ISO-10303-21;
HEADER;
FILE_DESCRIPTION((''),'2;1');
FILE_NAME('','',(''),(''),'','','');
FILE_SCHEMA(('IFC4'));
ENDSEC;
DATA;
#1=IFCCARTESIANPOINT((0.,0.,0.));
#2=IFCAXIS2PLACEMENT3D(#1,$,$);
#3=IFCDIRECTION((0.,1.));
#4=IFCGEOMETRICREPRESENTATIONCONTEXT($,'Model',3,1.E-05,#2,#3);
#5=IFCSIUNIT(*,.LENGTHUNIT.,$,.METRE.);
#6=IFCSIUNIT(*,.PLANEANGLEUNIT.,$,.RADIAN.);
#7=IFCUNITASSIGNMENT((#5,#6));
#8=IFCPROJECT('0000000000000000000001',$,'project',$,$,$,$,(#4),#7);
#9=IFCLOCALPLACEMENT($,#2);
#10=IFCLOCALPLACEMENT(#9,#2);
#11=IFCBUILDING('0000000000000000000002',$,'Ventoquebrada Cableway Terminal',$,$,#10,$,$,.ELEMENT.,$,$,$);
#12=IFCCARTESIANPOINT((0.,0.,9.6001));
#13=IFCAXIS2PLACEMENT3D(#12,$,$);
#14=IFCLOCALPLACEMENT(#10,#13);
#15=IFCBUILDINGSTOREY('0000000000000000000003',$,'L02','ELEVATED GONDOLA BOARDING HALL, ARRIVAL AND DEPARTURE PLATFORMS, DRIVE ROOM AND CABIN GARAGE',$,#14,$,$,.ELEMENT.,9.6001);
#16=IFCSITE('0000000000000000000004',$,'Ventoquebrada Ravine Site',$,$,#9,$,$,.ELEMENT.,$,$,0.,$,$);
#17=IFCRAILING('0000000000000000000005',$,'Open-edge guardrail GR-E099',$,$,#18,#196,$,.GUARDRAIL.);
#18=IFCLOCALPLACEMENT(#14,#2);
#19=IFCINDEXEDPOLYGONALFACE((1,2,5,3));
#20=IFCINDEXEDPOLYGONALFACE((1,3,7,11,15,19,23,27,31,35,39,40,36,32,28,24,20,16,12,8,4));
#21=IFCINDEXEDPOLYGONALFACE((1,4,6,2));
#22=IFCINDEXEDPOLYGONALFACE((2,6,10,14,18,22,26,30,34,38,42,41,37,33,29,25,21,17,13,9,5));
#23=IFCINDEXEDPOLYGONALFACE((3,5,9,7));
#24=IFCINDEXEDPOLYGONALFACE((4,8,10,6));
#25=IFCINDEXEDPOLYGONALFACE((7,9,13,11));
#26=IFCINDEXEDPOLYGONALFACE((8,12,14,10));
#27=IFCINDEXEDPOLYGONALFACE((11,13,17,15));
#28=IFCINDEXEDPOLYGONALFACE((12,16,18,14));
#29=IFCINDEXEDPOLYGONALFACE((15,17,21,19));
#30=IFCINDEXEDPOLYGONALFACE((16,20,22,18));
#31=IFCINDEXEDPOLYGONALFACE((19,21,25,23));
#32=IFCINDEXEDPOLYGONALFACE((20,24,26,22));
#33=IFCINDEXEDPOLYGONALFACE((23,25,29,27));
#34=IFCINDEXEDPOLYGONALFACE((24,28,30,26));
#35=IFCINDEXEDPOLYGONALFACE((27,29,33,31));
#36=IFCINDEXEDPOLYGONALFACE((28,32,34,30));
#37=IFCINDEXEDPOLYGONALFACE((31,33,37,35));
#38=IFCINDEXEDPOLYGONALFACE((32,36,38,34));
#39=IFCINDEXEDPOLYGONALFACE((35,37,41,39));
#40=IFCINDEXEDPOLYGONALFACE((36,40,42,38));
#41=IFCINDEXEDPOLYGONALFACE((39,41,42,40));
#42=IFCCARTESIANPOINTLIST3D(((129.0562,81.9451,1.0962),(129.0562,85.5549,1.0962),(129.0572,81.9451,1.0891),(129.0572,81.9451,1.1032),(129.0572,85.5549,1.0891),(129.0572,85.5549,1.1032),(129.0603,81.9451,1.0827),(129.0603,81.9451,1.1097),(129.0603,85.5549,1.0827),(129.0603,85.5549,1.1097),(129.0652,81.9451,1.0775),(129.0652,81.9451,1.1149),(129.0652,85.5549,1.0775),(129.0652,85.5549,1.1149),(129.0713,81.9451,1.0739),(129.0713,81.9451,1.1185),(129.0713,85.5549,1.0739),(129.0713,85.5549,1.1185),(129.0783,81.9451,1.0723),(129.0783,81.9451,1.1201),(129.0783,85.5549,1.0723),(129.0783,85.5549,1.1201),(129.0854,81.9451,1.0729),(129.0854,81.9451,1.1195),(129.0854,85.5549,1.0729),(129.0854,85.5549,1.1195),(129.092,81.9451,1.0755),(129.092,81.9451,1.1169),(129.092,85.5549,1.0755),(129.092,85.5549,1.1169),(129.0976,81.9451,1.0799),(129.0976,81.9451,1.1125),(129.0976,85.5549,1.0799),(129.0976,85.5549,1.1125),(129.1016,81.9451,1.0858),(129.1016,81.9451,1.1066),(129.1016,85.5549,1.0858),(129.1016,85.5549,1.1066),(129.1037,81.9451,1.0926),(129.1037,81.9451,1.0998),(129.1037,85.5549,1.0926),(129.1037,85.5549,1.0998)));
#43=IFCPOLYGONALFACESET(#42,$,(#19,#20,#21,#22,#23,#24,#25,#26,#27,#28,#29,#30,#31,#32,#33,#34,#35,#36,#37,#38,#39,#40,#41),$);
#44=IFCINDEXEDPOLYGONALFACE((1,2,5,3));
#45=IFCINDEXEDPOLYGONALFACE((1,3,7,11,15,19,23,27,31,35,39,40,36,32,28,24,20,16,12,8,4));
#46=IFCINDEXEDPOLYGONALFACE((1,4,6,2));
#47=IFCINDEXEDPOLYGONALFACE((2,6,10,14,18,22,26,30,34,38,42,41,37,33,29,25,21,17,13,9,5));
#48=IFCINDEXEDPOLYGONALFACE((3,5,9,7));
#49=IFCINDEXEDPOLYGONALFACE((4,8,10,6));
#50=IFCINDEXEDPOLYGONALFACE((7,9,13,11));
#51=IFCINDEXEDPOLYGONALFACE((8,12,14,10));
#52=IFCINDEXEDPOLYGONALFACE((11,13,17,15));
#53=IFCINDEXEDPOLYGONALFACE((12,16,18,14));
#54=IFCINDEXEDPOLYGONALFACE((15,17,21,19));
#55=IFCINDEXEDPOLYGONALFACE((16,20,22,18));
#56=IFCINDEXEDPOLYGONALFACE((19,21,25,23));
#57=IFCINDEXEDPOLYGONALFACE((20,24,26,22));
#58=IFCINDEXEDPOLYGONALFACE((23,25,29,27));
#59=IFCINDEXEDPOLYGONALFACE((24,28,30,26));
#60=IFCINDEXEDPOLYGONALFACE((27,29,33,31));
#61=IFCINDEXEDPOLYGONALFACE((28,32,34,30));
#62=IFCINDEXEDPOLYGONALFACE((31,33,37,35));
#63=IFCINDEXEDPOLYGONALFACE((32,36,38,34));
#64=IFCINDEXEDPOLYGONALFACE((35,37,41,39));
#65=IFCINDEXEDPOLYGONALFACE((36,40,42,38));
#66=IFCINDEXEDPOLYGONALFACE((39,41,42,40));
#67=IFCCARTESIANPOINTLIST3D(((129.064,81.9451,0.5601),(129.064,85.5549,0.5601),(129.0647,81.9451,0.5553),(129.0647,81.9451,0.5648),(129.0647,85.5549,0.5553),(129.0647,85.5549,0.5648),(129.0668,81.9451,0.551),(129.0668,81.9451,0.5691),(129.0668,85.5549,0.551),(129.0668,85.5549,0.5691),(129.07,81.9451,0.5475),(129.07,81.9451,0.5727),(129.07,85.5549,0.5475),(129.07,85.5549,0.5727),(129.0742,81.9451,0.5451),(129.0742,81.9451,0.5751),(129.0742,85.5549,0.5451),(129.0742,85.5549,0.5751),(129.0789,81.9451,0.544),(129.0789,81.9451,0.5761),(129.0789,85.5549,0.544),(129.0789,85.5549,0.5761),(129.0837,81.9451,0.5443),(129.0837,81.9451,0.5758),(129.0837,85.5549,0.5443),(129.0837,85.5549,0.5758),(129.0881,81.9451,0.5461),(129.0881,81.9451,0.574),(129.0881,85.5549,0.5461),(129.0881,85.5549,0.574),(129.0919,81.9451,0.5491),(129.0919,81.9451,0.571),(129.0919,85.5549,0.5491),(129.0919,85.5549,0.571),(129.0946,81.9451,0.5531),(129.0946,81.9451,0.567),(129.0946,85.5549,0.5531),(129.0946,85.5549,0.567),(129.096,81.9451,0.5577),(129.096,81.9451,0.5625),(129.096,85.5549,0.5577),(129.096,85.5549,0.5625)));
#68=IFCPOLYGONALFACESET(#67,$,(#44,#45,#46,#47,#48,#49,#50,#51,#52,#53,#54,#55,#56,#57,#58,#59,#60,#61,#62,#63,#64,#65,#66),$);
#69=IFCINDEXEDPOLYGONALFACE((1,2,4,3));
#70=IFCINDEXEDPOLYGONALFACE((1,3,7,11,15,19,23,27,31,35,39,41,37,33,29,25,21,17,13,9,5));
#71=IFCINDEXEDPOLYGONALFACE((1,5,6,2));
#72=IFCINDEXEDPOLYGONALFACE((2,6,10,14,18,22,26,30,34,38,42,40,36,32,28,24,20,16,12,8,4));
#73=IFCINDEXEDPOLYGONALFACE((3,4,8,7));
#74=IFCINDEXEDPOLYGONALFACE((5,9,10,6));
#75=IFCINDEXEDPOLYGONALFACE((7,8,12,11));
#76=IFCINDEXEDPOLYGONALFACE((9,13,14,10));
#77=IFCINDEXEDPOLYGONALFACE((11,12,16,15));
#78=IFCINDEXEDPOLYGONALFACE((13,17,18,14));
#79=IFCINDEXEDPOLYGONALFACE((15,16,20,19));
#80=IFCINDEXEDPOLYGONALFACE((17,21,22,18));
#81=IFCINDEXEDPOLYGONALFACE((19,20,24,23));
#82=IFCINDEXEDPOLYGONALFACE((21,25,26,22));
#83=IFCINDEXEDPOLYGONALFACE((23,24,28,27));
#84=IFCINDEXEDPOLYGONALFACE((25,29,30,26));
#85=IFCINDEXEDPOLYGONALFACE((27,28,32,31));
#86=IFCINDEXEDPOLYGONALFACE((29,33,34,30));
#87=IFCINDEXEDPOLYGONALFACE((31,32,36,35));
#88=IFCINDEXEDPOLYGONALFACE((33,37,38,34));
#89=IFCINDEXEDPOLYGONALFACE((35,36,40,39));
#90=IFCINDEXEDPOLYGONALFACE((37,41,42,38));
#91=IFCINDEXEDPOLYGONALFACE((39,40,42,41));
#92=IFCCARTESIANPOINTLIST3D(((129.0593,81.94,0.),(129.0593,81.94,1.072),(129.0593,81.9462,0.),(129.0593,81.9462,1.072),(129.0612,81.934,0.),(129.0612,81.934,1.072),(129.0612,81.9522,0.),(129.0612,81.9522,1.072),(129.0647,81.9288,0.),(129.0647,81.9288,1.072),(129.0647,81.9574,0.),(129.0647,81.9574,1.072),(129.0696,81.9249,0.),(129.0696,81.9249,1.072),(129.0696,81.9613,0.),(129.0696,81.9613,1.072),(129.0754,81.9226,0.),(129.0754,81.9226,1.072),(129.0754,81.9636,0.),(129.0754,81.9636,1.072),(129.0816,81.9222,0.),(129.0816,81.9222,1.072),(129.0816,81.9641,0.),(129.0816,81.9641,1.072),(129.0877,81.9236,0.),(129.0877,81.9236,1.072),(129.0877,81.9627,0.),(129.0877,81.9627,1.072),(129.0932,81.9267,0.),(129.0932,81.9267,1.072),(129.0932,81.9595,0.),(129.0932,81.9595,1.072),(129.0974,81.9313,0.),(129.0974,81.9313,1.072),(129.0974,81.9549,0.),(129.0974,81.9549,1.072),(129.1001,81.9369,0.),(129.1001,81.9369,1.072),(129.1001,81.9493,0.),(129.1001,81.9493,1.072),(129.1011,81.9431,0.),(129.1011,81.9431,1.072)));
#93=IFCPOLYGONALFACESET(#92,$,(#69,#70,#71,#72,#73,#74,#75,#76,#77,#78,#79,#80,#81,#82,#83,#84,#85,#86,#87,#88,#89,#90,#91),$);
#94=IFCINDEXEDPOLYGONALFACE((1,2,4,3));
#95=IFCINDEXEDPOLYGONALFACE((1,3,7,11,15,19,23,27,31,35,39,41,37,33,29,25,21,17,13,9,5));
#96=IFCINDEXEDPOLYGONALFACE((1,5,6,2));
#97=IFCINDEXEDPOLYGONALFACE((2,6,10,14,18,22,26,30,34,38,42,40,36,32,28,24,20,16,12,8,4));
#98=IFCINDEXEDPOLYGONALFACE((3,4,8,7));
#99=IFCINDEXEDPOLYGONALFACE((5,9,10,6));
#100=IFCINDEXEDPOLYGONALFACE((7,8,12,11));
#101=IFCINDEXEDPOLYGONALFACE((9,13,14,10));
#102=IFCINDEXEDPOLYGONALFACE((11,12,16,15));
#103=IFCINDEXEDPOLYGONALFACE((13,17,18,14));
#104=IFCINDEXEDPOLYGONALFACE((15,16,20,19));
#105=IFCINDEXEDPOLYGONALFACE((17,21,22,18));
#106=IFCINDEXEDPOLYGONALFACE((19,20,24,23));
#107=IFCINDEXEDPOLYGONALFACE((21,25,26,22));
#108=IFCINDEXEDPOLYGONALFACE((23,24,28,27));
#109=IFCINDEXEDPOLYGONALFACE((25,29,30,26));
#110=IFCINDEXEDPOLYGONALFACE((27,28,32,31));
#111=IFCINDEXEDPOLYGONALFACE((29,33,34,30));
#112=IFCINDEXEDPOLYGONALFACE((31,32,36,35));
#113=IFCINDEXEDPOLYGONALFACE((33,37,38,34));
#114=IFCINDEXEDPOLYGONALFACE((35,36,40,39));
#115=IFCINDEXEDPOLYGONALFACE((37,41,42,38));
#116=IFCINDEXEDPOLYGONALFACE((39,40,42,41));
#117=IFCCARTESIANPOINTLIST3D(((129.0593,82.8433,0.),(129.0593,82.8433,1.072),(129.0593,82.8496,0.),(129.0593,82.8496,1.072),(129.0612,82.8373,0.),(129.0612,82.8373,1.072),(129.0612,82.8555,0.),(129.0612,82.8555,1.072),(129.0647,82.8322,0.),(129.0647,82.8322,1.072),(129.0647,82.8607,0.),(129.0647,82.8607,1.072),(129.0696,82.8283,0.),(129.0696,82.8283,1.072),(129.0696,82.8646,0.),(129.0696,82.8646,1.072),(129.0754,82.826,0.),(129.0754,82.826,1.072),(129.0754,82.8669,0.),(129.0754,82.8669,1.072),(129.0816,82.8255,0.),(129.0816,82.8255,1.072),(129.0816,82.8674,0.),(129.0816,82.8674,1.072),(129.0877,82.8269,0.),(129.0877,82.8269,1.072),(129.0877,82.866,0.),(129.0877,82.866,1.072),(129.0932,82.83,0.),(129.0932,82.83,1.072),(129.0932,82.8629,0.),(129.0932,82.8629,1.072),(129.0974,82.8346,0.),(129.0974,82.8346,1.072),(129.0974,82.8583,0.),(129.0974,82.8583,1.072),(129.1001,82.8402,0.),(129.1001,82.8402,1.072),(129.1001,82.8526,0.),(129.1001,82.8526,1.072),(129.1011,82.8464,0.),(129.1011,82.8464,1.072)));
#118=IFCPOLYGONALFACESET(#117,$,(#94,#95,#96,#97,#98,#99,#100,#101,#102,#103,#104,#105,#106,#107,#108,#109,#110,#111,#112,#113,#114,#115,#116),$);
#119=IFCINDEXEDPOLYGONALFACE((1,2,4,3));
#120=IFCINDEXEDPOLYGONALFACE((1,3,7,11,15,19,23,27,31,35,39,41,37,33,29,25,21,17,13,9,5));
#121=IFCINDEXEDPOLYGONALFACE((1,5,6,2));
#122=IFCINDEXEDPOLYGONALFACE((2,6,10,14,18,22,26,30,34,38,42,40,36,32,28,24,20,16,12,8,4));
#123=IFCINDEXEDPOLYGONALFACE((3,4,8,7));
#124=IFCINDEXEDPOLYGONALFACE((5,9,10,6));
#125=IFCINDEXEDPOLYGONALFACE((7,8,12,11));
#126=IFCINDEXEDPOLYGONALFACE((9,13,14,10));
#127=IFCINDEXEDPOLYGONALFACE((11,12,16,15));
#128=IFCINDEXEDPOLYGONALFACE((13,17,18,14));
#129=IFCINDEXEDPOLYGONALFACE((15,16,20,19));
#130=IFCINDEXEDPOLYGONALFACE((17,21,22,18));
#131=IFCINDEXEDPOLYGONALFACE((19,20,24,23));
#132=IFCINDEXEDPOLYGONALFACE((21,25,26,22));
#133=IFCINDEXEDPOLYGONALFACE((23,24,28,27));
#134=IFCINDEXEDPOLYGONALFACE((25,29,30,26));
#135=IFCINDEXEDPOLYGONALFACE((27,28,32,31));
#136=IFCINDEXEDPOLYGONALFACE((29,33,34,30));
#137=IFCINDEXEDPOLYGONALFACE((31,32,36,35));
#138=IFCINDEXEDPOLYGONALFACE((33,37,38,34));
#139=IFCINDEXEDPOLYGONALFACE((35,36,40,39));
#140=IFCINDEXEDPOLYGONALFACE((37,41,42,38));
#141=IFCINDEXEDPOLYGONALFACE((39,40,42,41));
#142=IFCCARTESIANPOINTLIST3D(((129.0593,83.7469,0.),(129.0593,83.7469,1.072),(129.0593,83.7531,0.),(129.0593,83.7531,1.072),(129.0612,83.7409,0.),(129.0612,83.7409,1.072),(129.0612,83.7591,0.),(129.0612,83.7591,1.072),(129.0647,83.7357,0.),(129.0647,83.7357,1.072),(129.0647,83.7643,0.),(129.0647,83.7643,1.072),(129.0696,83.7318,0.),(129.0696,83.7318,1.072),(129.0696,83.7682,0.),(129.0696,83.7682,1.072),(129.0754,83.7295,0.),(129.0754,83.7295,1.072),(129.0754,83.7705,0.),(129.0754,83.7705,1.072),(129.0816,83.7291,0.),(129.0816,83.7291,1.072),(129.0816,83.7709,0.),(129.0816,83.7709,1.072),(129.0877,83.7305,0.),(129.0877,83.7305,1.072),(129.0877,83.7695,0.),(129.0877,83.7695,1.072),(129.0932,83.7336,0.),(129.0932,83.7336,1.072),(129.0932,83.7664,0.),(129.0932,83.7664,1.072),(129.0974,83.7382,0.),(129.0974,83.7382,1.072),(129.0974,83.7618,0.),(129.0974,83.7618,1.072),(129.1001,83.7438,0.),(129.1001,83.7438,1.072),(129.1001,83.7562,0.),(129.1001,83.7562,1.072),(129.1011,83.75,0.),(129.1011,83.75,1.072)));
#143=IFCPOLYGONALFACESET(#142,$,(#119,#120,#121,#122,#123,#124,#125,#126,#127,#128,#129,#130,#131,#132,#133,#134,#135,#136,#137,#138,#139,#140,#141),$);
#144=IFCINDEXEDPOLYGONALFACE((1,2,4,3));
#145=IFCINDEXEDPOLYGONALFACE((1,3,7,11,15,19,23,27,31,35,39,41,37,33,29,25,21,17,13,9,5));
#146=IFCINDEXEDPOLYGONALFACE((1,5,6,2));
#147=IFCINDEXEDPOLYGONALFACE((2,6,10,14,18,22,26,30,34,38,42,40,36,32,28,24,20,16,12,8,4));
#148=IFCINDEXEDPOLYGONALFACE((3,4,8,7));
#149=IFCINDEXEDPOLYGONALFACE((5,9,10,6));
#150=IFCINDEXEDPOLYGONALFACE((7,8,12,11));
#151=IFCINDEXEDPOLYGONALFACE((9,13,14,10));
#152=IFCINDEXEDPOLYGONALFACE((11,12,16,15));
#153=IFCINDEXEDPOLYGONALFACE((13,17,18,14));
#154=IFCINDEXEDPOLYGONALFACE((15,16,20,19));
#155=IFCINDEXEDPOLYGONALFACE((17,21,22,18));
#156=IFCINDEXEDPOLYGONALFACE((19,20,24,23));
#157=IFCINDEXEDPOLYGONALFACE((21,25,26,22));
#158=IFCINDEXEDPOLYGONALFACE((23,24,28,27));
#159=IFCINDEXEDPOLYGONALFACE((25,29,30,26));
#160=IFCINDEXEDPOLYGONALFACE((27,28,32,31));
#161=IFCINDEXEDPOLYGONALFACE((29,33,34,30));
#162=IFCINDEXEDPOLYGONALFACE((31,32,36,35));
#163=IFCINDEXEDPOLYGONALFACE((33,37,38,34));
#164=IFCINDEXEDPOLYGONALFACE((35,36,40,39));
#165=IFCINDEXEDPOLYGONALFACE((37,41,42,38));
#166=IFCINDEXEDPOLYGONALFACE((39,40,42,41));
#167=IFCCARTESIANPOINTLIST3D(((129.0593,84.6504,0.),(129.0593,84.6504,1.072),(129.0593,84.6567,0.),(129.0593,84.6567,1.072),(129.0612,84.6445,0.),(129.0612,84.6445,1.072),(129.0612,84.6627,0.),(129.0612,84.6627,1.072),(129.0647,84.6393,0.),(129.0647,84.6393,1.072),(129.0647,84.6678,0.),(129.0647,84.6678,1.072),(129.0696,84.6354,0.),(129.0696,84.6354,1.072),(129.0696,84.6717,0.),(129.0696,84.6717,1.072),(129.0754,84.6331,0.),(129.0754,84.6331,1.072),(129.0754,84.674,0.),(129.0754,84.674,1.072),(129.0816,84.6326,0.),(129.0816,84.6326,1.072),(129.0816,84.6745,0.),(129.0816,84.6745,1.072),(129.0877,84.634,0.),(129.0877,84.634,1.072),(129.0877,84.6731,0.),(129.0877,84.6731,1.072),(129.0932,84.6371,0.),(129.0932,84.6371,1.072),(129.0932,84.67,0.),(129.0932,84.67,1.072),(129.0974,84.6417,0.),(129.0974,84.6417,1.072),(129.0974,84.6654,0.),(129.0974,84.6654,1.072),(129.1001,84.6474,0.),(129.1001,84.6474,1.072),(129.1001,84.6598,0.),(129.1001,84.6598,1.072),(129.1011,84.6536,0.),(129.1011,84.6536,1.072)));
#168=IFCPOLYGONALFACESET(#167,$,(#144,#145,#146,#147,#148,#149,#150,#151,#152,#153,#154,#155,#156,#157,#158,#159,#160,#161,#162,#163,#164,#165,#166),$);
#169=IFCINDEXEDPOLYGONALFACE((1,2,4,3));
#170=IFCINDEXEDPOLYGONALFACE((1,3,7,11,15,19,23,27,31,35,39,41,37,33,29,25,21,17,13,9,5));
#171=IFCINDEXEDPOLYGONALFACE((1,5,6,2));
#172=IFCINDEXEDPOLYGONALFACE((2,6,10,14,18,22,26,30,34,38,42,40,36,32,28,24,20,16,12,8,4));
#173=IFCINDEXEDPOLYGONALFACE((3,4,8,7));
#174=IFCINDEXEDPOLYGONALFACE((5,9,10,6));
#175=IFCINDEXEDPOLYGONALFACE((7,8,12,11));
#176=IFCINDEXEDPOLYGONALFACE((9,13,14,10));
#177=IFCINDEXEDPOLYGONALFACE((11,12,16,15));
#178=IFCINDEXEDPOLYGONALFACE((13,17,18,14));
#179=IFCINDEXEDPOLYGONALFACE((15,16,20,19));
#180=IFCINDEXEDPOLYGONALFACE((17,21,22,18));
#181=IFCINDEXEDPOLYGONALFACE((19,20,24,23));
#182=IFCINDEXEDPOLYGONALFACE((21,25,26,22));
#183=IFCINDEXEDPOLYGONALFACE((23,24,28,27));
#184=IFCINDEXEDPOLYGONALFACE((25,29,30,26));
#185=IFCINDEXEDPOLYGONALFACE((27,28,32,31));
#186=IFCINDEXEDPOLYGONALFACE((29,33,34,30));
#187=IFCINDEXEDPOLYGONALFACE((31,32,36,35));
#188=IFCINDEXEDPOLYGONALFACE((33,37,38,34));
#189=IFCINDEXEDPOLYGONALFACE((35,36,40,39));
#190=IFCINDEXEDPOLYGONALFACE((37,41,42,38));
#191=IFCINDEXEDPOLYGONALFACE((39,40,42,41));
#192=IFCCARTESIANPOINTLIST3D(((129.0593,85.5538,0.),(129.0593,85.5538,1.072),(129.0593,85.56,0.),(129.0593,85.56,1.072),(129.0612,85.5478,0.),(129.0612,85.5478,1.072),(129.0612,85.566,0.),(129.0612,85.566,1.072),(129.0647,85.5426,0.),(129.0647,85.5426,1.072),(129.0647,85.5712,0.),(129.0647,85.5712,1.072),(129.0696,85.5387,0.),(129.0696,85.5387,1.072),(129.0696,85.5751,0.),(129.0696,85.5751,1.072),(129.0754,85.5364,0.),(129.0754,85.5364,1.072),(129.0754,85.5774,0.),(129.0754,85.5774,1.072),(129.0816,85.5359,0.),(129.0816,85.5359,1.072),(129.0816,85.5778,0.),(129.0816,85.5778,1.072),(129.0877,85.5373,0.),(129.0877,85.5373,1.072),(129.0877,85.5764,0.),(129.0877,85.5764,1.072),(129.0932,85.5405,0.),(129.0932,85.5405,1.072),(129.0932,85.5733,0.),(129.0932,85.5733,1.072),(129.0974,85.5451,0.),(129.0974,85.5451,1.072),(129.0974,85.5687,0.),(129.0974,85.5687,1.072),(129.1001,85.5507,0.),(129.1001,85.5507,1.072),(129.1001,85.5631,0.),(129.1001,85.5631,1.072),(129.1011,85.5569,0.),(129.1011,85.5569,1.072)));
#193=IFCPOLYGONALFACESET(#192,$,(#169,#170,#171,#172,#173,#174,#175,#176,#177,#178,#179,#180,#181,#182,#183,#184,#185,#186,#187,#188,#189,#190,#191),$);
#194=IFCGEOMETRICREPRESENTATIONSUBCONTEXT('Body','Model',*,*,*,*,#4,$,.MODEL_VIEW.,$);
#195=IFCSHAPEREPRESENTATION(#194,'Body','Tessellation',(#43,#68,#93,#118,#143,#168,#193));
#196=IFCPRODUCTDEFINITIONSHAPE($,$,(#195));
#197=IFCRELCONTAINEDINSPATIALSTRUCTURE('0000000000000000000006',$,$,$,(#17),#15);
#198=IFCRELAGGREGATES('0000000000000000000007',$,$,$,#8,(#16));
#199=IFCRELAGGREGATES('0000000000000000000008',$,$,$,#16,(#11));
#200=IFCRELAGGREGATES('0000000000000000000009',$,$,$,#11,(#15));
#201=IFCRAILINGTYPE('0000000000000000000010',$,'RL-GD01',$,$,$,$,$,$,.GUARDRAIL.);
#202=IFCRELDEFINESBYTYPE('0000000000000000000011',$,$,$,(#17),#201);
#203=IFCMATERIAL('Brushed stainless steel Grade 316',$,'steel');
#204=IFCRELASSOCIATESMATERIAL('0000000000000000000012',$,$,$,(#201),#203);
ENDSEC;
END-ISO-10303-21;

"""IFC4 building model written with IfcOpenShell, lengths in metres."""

from ifc_helpers import new_model, si_unit, direction, frame, origin, origin_2d, place, context, subcontext, project, spatial, circle, extrude, material, type_object, element, save


model = new_model("IFC4")

# Units and contexts
model_context = context("Model", 3, precision=1e-05, world=origin(), true_north=direction((0.0, 1.0)))
body_context = subcontext(model_context, "Body", "Model", "MODEL_VIEW")
ifc_project = project(units=[si_unit("LENGTHUNIT", "METRE"), si_unit("PLANEANGLEUNIT", "RADIAN")], contexts=[model_context])

# Site, building, storey
site_placement = place(None, origin())
site = spatial("IfcSite", under=ifc_project, at=site_placement, Name="Ventoquebrada Ravine Site", CompositionType="ELEMENT", RefElevation=0.0)
building_placement = place(site_placement, origin())
building = spatial("IfcBuilding", under=site, at=building_placement, Name="Ventoquebrada Cableway Terminal", CompositionType="ELEMENT")
storey_placement = place(building_placement, frame((0.0, 0.0, 9.6001)))
storey = spatial("IfcBuildingStorey", under=building, at=storey_placement, Name="L02", Description="ELEVATED GONDOLA BOARDING HALL, ARRIVAL AND DEPARTURE PLATFORMS, DRIVE ROOM AND CABIN GARAGE", CompositionType="ELEMENT", Elevation=9.6001)

# Railing
ifc_material_1 = material(Name="Brushed stainless steel Grade 316", Category="steel")
railing_type_1 = type_object("IfcRailingType", Name="RL-GD01", PredefinedType="GUARDRAIL", material=ifc_material_1)
for number, where, name in (
    (1, (129.0801, 81.9431, 0.0), "Open-edge guardrail GR-E099"),
):
    element("IfcRailing", number, at=place(storey_placement, frame(where)), inside=storey, type_object=railing_type_1, Name=name, PredefinedType="GUARDRAIL", context=body_context, shape_type="SweptSolid", body=[
        extrude(circle(Radius=0.0239, at=origin_2d()), frame((0.0, 0.002, 1.0962), z_axis=(0.0, 1.0, 0.0), x_axis=(-1.0, 0.0, 0.0)), (0.0, 0.0, 1.0), 3.6099),
        extrude(circle(Radius=0.0161, at=origin_2d()), frame((0.0, 0.002, 0.5601), z_axis=(0.0, 1.0, 0.0), x_axis=(-1.0, 0.0, 0.0)), (0.0, 0.0, 1.0), 3.6099),
        extrude(circle(Radius=0.021, at=origin_2d()), origin(), (0.0, 0.0, 1.0), 1.072),
        extrude(circle(Radius=0.021, at=origin_2d()), frame((0.0, 0.9033, 0.0)), (0.0, 0.0, 1.0), 1.072),
        extrude(circle(Radius=0.021, at=origin_2d()), frame((0.0, 1.8069, 0.0)), (0.0, 0.0, 1.0), 1.072),
        extrude(circle(Radius=0.021, at=origin_2d()), frame((0.0, 2.7104, 0.0)), (0.0, 0.0, 1.0), 1.072),
        extrude(circle(Radius=0.021, at=origin_2d()), frame((0.0, 3.6138, 0.0)), (0.0, 0.0, 1.0), 1.072),
    ])

save(model, "model.ifc")
